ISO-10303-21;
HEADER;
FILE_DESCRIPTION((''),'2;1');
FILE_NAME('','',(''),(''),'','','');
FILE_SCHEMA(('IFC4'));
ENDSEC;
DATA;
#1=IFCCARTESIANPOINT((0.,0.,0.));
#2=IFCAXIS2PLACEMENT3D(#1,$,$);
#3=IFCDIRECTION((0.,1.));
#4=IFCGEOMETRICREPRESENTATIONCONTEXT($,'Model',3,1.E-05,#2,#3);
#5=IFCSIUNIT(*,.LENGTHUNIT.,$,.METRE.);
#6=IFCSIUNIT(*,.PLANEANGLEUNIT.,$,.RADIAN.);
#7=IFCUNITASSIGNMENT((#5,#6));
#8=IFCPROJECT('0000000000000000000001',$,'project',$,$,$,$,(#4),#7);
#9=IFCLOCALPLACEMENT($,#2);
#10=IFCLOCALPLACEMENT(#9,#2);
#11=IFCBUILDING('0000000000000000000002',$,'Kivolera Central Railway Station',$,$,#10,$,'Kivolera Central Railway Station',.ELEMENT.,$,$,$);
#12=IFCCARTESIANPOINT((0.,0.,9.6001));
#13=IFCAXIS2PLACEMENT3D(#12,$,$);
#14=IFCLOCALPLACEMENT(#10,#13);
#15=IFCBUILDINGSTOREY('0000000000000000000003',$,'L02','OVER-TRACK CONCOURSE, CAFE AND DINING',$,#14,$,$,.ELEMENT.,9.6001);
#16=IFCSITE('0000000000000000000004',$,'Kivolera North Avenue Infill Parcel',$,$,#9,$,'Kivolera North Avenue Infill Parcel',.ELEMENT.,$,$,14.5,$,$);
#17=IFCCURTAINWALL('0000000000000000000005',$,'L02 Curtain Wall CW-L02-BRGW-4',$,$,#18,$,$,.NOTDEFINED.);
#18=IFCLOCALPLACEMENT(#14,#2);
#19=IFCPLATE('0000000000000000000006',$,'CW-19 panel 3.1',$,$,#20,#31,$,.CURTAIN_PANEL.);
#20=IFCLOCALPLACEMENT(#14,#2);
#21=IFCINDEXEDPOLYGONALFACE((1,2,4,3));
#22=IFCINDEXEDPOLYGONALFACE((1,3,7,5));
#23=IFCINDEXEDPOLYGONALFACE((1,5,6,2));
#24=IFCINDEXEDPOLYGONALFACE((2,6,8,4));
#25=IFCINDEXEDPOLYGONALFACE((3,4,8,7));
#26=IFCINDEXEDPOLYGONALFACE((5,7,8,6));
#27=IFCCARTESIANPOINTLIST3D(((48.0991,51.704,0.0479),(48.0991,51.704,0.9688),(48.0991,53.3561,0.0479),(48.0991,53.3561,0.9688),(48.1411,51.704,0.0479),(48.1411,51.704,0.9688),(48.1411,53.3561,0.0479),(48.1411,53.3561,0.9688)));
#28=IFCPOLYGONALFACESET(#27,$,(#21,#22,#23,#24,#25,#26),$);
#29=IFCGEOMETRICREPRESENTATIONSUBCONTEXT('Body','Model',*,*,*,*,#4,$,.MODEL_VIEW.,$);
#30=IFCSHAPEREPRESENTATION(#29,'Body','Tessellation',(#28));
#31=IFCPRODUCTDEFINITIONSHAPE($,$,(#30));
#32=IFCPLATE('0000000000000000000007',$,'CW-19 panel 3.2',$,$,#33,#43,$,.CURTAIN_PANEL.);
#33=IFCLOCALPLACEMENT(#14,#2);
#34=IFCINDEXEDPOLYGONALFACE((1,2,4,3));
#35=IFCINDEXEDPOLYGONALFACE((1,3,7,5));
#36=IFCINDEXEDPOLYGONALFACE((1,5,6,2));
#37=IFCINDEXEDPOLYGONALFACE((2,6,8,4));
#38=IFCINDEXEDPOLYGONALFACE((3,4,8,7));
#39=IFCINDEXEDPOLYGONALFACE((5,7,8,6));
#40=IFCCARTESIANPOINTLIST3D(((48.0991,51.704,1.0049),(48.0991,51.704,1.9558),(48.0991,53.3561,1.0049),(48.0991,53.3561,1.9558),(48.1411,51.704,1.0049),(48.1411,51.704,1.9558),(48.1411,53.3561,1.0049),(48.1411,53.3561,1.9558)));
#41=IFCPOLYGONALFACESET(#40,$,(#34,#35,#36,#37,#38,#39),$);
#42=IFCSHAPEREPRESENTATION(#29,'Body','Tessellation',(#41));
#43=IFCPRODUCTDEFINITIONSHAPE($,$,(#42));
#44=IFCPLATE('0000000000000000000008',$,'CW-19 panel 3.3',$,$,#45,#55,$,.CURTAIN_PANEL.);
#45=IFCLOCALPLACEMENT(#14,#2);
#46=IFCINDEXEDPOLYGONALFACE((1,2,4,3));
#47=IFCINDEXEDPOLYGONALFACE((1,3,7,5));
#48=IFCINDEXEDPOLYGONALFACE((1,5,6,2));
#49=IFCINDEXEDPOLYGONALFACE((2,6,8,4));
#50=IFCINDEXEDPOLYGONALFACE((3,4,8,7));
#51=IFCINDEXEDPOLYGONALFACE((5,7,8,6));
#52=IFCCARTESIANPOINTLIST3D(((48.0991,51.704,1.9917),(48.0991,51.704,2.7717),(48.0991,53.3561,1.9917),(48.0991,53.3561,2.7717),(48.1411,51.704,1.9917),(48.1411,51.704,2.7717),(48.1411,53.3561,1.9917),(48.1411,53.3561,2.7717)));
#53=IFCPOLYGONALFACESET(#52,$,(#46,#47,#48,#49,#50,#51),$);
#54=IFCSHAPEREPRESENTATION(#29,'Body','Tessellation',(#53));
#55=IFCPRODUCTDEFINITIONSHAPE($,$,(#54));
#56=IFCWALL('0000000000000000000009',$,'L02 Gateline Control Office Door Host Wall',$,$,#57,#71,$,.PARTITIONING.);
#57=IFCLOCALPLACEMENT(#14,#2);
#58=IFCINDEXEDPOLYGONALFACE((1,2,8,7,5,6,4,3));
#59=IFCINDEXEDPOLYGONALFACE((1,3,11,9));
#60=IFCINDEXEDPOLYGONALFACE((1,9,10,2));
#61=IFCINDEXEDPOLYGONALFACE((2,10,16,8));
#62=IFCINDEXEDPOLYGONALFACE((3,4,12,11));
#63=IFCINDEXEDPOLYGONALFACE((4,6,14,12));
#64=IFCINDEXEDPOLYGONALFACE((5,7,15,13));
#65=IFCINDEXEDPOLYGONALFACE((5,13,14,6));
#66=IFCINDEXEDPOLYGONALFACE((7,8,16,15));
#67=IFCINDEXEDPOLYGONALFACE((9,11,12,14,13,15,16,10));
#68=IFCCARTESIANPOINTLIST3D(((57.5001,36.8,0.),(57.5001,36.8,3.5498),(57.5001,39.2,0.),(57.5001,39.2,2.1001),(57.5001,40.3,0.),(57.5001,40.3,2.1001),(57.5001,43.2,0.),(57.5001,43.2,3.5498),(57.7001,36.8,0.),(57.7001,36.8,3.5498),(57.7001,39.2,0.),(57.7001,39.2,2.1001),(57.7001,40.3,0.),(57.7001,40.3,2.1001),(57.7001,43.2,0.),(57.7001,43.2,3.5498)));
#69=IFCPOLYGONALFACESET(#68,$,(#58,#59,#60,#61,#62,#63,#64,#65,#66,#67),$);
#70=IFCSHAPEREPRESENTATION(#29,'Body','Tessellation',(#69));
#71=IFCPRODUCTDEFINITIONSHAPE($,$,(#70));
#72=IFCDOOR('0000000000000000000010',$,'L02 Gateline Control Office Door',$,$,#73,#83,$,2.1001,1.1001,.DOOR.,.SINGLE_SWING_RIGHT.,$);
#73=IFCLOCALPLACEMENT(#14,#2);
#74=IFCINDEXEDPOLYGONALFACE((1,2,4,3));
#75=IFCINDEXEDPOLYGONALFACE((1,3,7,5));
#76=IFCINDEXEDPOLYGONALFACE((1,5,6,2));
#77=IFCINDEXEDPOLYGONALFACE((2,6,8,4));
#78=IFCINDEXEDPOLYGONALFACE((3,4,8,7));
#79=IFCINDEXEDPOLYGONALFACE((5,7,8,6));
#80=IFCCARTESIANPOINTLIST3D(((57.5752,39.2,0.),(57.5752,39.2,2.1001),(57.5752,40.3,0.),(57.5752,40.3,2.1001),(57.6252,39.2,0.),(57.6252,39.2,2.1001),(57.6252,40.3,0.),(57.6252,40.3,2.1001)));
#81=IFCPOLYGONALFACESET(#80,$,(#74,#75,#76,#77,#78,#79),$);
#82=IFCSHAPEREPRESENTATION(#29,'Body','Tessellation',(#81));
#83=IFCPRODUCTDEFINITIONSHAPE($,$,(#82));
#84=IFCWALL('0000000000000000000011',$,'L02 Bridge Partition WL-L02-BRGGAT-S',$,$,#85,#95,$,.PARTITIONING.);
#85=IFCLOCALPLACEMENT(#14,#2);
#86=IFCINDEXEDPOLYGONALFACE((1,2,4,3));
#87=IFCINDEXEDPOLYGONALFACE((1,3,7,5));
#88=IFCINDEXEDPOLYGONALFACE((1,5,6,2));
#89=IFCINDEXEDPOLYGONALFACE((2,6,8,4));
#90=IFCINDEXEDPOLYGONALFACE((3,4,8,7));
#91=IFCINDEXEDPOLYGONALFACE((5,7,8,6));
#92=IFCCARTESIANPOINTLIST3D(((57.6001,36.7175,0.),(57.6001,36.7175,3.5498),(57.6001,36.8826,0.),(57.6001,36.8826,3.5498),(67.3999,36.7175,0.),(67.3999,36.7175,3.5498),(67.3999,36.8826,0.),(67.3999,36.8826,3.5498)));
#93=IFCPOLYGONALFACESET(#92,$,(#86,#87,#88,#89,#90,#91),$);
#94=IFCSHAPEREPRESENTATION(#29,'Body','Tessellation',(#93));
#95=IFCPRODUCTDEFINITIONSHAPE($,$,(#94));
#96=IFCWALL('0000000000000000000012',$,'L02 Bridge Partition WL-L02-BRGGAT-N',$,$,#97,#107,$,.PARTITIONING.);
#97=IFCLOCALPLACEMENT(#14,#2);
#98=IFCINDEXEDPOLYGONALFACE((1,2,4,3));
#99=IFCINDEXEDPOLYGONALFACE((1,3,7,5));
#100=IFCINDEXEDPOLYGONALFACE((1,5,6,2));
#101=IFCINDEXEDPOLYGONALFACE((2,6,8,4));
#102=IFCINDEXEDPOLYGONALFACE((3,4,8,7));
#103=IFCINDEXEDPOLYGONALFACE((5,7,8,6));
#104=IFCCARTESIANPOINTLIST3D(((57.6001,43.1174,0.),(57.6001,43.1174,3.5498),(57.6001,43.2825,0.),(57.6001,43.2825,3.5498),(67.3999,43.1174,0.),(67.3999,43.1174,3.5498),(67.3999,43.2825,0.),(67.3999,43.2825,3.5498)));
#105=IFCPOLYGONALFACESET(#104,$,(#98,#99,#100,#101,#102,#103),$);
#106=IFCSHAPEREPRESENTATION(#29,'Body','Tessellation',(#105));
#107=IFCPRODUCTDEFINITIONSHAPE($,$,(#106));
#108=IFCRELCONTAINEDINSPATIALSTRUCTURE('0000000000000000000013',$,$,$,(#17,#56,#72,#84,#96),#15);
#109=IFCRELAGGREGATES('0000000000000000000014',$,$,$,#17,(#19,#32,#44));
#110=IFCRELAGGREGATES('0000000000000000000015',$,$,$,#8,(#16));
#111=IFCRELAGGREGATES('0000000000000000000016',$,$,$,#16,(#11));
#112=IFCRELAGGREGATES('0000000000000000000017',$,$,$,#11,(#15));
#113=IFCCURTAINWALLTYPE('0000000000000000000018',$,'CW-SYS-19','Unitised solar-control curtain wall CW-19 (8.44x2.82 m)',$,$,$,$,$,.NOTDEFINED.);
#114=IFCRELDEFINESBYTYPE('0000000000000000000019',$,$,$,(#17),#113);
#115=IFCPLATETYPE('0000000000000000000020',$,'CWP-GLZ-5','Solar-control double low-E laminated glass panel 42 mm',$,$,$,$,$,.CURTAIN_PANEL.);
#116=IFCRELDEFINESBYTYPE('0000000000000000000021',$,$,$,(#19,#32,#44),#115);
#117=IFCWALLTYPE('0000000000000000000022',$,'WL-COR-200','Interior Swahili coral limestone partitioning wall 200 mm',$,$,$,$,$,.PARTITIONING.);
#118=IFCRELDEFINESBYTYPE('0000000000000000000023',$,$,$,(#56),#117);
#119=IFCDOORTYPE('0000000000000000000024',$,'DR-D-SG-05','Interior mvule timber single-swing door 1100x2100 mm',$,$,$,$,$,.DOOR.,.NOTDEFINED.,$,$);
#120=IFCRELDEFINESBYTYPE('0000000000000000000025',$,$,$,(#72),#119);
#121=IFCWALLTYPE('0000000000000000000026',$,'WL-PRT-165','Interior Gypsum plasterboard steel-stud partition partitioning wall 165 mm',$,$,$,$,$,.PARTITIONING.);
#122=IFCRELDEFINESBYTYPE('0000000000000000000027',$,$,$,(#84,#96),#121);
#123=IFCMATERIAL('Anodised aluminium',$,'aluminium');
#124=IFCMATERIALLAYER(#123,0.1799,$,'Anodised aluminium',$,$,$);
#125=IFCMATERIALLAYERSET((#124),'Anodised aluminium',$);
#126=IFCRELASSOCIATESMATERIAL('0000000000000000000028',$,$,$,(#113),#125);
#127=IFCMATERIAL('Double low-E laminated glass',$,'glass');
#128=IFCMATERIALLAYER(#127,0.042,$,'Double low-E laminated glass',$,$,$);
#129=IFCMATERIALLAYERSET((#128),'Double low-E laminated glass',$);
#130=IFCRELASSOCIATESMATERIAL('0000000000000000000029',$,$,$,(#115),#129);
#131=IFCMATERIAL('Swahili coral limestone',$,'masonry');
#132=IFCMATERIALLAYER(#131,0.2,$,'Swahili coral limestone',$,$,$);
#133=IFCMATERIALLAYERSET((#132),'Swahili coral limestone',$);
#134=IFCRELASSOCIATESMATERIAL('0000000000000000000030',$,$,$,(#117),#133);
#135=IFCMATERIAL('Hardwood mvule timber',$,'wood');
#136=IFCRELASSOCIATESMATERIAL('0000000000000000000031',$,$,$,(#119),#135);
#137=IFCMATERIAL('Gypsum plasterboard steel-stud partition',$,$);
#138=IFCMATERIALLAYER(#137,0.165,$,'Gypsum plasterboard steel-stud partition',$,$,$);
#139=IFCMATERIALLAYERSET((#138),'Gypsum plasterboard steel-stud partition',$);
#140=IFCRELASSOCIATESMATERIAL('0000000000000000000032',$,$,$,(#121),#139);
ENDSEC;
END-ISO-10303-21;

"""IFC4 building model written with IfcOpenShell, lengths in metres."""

from ifc_helpers import new_model, si_unit, direction, frame, frame_2d, origin, origin_2d, place, context, subcontext, project, spatial, rectangle, extrude, material, layer, layer_set, type_object, element, fill, aggregate, save


model = new_model("IFC4")

# Units and contexts
model_context = context("Model", 3, precision=1e-05, world=origin(), true_north=direction((0.0, 1.0)))
body_context = subcontext(model_context, "Body", "Model", "MODEL_VIEW")
ifc_project = project(units=[si_unit("LENGTHUNIT", "METRE"), si_unit("PLANEANGLEUNIT", "RADIAN")], contexts=[model_context])

# Site, building, storey
site_placement = place(None, origin())
site = spatial("IfcSite", under=ifc_project, at=site_placement, Name="Kivolera North Avenue Infill Parcel", LongName="Kivolera North Avenue Infill Parcel", CompositionType="ELEMENT", RefElevation=14.5)
building_placement = place(site_placement, origin())
building = spatial("IfcBuilding", under=site, at=building_placement, Name="Kivolera Central Railway Station", LongName="Kivolera Central Railway Station", CompositionType="ELEMENT")
storey_placement = place(building_placement, frame((0.0, 0.0, 9.6001)))
storey = spatial("IfcBuildingStorey", under=building, at=storey_placement, Name="L02", Description="OVER-TRACK CONCOURSE, CAFE AND DINING", CompositionType="ELEMENT", Elevation=9.6001)

# Curtain wall, plates
ifc_material_1 = material(Name="Anodised aluminium", Category="aluminium")
ifc_layer_1 = layer(ifc_material_1, 0.1799, Name="Anodised aluminium")
ifc_layer_set_1 = layer_set([ifc_layer_1], Name="Anodised aluminium")
curtain_wall_type = type_object("IfcCurtainWallType", Name="CW-SYS-19", Description="Unitised solar-control curtain wall CW-19 (8.44x2.82 m)", PredefinedType="NOTDEFINED", material=ifc_layer_set_1)
curtain_wall_placement = place(storey_placement, origin())
curtain_wall = element("IfcCurtainWall", 1, at=curtain_wall_placement, inside=storey, type_object=curtain_wall_type, Name="L02 Curtain Wall CW-L02-BRGW-4", PredefinedType="NOTDEFINED")
ifc_material_2 = material(Name="Double low-E laminated glass", Category="glass")
ifc_layer_2 = layer(ifc_material_2, 0.042, Name="Double low-E laminated glass")
ifc_layer_set_2 = layer_set([ifc_layer_2], Name="Double low-E laminated glass")
plate_type = type_object("IfcPlateType", Name="CWP-GLZ-5", Description="Solar-control double low-E laminated glass panel 42 mm", PredefinedType="CURTAIN_PANEL", material=ifc_layer_set_2)
plate_1_placement = place(storey_placement, frame((48.1201, 52.53, 0.0479), z_axis=(0.0, 0.0, 1.0), x_axis=(0.0, 1.0, 0.0)))
plate_1 = element("IfcPlate", 2, at=plate_1_placement, type_object=plate_type, Name="CW-19 panel 3.1", PredefinedType="CURTAIN_PANEL", context=body_context, shape_type="SweptSolid", body=[
    extrude(rectangle(XDim=1.6521, YDim=0.042, at=origin_2d()), origin(), (0.0, 0.0, 1.0), 0.9209),
])
plate_2_placement = place(storey_placement, frame((48.1201, 52.53, 1.0049), z_axis=(0.0, 0.0, 1.0), x_axis=(0.0, 1.0, 0.0)))
plate_2 = element("IfcPlate", 3, at=plate_2_placement, type_object=plate_type, Name="CW-19 panel 3.2", PredefinedType="CURTAIN_PANEL", context=body_context, shape_type="SweptSolid", body=[
    extrude(rectangle(XDim=1.6521, YDim=0.042, at=origin_2d()), origin(), (0.0, 0.0, 1.0), 0.9509),
])
plate_3_placement = place(storey_placement, frame((48.1201, 52.53, 1.9917), z_axis=(0.0, 0.0, 1.0), x_axis=(0.0, 1.0, 0.0)))
plate_3 = element("IfcPlate", 4, at=plate_3_placement, type_object=plate_type, Name="CW-19 panel 3.3", PredefinedType="CURTAIN_PANEL", context=body_context, shape_type="SweptSolid", body=[
    extrude(rectangle(XDim=1.6521, YDim=0.042, at=origin_2d()), origin(), (0.0, 0.0, 1.0), 0.78),
])
aggregate(curtain_wall, [plate_1, plate_2, plate_3])

# Wall, opening, door
ifc_material_3 = material(Name="Swahili coral limestone", Category="masonry")
ifc_layer_3 = layer(ifc_material_3, 0.2, Name="Swahili coral limestone")
ifc_layer_set_3 = layer_set([ifc_layer_3], Name="Swahili coral limestone")
wall_type_1 = type_object("IfcWallType", Name="WL-COR-200", Description="Interior Swahili coral limestone partitioning wall 200 mm", PredefinedType="PARTITIONING", material=ifc_layer_set_3)
wall_placement = place(storey_placement, frame((57.6001, 36.8, 0.0), z_axis=(0.0, 0.0, 1.0), x_axis=(0.0, 1.0, 0.0)))
wall = element("IfcWall", 5, at=wall_placement, inside=storey, type_object=wall_type_1, Name="L02 Gateline Control Office Door Host Wall", PredefinedType="PARTITIONING", context=body_context, shape_type="SweptSolid", body=[
    extrude(rectangle(XDim=6.3999, YDim=0.2, at=frame_2d((3.2, 0.0))), origin(), (0.0, 0.0, 1.0), 3.5498),
])
opening_placement = place(wall_placement, frame((2.3999, 0.0, 0.0)))
opening = element("IfcOpeningElement", 6, at=opening_placement, cuts=wall, PredefinedType="OPENING", context=body_context, shape_type="SweptSolid", body=[
    extrude(rectangle(XDim=1.1001, YDim=2.1001, at=frame_2d((0.55, 1.05))), frame((0.0, 0.1099, 0.0), z_axis=(0.0, -1.0, 0.0), x_axis=(1.0, 0.0, 0.0)), (0.0, 0.0, 1.0), 0.22),
])
ifc_material_4 = material(Name="Hardwood mvule timber", Category="wood")
door_type = type_object("IfcDoorType", Name="DR-D-SG-05", Description="Interior mvule timber single-swing door 1100x2100 mm", OperationType="NOTDEFINED", PredefinedType="DOOR", material=ifc_material_4)
door_placement = place(opening_placement, origin())
door = element("IfcDoor", 7, at=door_placement, inside=storey, type_object=door_type, Name="L02 Gateline Control Office Door", OperationType="SINGLE_SWING_RIGHT", OverallHeight=2.1001, OverallWidth=1.1001, PredefinedType="DOOR", context=body_context, shape_type="SweptSolid", body=[
    extrude(rectangle(XDim=1.1001, YDim=2.1001, at=frame_2d((0.55, 1.05))), frame((0.0, 0.0249, 0.0), z_axis=(0.0, -1.0, 0.0), x_axis=(1.0, 0.0, 0.0)), (0.0, 0.0, 1.0), 0.05),
])
fill(opening, door)

# Walls
ifc_material_5 = material(Name="Gypsum plasterboard steel-stud partition")
ifc_layer_4 = layer(ifc_material_5, 0.165, Name="Gypsum plasterboard steel-stud partition")
ifc_layer_set_4 = layer_set([ifc_layer_4], Name="Gypsum plasterboard steel-stud partition")
wall_type_2 = type_object("IfcWallType", Name="WL-PRT-165", Description="Interior Gypsum plasterboard steel-stud partition partitioning wall 165 mm", PredefinedType="PARTITIONING", material=ifc_layer_set_4)
for number, where, z_axis, x_axis, name in (
    (8, (57.6001, 36.8, 0.0), (0.0, 0.0, 1.0), (1.0, 0.0, 0.0), "L02 Bridge Partition WL-L02-BRGGAT-S"),
    (9, (57.6001, 43.2, 0.0), (0.0, 0.0, 1.0), (1.0, 0.0, 0.0), "L02 Bridge Partition WL-L02-BRGGAT-N"),
):
    element("IfcWall", number, at=place(storey_placement, frame(where, z_axis=z_axis, x_axis=x_axis)), inside=storey, type_object=wall_type_2, Name=name, PredefinedType="PARTITIONING", context=body_context, shape_type="SweptSolid", body=[
        extrude(rectangle(XDim=9.7998, YDim=0.165, at=frame_2d((4.8999, 0.0))), origin(), (0.0, 0.0, 1.0), 3.5498),
    ])

save(model, "model.ifc")
